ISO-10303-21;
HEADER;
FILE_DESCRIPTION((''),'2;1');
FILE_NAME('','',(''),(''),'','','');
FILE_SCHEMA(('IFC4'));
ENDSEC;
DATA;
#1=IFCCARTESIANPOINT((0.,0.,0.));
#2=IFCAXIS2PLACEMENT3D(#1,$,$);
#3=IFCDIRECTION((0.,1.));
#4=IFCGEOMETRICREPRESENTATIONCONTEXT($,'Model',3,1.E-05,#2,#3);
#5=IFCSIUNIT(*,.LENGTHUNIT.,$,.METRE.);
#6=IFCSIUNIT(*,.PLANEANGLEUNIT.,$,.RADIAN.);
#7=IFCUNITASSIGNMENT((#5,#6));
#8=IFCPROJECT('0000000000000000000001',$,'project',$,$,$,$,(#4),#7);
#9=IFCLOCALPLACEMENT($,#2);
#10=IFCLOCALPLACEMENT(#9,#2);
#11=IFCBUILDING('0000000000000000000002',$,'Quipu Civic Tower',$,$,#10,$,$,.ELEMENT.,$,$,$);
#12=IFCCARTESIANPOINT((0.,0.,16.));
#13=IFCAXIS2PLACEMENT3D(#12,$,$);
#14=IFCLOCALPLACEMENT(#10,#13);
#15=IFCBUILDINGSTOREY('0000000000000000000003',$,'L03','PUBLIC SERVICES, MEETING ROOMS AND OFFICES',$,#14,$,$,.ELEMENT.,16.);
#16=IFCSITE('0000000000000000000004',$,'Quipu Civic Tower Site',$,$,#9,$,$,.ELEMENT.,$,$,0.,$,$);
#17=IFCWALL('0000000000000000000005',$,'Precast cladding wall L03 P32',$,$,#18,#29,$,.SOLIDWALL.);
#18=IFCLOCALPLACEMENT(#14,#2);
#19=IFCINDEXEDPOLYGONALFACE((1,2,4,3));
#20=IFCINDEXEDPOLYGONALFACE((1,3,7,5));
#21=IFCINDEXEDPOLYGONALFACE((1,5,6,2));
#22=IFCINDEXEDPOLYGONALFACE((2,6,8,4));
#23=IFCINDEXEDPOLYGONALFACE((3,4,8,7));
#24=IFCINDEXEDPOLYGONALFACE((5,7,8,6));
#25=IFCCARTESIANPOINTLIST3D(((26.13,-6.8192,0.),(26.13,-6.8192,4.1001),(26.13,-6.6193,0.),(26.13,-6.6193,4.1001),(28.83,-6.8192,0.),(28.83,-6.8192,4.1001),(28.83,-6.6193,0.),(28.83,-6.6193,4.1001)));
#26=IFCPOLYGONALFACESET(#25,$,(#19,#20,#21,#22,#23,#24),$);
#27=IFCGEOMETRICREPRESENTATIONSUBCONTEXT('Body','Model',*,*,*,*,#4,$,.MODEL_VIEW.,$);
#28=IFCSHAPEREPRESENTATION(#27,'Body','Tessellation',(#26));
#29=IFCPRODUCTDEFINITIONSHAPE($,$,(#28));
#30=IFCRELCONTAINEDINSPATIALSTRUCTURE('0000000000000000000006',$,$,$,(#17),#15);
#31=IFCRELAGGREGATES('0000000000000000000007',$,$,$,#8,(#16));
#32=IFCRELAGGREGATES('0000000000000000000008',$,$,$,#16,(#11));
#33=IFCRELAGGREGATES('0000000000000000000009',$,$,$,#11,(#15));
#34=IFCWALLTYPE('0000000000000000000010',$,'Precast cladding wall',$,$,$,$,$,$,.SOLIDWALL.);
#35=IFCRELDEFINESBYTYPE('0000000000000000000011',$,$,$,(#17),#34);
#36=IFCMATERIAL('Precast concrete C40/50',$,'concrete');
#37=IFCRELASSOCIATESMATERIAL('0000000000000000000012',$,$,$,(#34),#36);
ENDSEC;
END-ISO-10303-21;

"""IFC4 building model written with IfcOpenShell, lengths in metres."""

from ifc_helpers import new_model, si_unit, direction, frame, frame_2d, origin, place, context, subcontext, project, spatial, rectangle, extrude, material, type_object, element, save


model = new_model("IFC4")

# Units and contexts
model_context = context("Model", 3, precision=1e-05, world=origin(), true_north=direction((0.0, 1.0)))
body_context = subcontext(model_context, "Body", "Model", "MODEL_VIEW")
ifc_project = project(units=[si_unit("LENGTHUNIT", "METRE"), si_unit("PLANEANGLEUNIT", "RADIAN")], contexts=[model_context])

# Site, building, storey
site_placement = place(None, origin())
site = spatial("IfcSite", under=ifc_project, at=site_placement, Name="Quipu Civic Tower Site", CompositionType="ELEMENT", RefElevation=0.0)
building_placement = place(site_placement, origin())
building = spatial("IfcBuilding", under=site, at=building_placement, Name="Quipu Civic Tower", CompositionType="ELEMENT")
storey_placement = place(building_placement, frame((0.0, 0.0, 16.0)))
storey = spatial("IfcBuildingStorey", under=building, at=storey_placement, Name="L03", Description="PUBLIC SERVICES, MEETING ROOMS AND OFFICES", CompositionType="ELEMENT", Elevation=16.0)

# Wall
ifc_material_1 = material(Name="Precast concrete C40/50", Category="concrete")
wall_type_1 = type_object("IfcWallType", Name="Precast cladding wall", PredefinedType="SOLIDWALL", material=ifc_material_1)
wall_1_placement = place(storey_placement, frame((26.1299, -6.7192, 0.0), z_axis=(0.0, 0.0, 1.0), x_axis=(1.0, 0.0, 0.0)))
element("IfcWall", 1, at=wall_1_placement, inside=storey, type_object=wall_type_1, Name="Precast cladding wall L03 P32", PredefinedType="SOLIDWALL", context=body_context, shape_type="SweptSolid", body=[
    extrude(rectangle(XDim=2.7, YDim=0.2, at=frame_2d((1.3501, 0.0))), origin(), (0.0, 0.0, 1.0), 4.1001),
])

save(model, "model.ifc")
